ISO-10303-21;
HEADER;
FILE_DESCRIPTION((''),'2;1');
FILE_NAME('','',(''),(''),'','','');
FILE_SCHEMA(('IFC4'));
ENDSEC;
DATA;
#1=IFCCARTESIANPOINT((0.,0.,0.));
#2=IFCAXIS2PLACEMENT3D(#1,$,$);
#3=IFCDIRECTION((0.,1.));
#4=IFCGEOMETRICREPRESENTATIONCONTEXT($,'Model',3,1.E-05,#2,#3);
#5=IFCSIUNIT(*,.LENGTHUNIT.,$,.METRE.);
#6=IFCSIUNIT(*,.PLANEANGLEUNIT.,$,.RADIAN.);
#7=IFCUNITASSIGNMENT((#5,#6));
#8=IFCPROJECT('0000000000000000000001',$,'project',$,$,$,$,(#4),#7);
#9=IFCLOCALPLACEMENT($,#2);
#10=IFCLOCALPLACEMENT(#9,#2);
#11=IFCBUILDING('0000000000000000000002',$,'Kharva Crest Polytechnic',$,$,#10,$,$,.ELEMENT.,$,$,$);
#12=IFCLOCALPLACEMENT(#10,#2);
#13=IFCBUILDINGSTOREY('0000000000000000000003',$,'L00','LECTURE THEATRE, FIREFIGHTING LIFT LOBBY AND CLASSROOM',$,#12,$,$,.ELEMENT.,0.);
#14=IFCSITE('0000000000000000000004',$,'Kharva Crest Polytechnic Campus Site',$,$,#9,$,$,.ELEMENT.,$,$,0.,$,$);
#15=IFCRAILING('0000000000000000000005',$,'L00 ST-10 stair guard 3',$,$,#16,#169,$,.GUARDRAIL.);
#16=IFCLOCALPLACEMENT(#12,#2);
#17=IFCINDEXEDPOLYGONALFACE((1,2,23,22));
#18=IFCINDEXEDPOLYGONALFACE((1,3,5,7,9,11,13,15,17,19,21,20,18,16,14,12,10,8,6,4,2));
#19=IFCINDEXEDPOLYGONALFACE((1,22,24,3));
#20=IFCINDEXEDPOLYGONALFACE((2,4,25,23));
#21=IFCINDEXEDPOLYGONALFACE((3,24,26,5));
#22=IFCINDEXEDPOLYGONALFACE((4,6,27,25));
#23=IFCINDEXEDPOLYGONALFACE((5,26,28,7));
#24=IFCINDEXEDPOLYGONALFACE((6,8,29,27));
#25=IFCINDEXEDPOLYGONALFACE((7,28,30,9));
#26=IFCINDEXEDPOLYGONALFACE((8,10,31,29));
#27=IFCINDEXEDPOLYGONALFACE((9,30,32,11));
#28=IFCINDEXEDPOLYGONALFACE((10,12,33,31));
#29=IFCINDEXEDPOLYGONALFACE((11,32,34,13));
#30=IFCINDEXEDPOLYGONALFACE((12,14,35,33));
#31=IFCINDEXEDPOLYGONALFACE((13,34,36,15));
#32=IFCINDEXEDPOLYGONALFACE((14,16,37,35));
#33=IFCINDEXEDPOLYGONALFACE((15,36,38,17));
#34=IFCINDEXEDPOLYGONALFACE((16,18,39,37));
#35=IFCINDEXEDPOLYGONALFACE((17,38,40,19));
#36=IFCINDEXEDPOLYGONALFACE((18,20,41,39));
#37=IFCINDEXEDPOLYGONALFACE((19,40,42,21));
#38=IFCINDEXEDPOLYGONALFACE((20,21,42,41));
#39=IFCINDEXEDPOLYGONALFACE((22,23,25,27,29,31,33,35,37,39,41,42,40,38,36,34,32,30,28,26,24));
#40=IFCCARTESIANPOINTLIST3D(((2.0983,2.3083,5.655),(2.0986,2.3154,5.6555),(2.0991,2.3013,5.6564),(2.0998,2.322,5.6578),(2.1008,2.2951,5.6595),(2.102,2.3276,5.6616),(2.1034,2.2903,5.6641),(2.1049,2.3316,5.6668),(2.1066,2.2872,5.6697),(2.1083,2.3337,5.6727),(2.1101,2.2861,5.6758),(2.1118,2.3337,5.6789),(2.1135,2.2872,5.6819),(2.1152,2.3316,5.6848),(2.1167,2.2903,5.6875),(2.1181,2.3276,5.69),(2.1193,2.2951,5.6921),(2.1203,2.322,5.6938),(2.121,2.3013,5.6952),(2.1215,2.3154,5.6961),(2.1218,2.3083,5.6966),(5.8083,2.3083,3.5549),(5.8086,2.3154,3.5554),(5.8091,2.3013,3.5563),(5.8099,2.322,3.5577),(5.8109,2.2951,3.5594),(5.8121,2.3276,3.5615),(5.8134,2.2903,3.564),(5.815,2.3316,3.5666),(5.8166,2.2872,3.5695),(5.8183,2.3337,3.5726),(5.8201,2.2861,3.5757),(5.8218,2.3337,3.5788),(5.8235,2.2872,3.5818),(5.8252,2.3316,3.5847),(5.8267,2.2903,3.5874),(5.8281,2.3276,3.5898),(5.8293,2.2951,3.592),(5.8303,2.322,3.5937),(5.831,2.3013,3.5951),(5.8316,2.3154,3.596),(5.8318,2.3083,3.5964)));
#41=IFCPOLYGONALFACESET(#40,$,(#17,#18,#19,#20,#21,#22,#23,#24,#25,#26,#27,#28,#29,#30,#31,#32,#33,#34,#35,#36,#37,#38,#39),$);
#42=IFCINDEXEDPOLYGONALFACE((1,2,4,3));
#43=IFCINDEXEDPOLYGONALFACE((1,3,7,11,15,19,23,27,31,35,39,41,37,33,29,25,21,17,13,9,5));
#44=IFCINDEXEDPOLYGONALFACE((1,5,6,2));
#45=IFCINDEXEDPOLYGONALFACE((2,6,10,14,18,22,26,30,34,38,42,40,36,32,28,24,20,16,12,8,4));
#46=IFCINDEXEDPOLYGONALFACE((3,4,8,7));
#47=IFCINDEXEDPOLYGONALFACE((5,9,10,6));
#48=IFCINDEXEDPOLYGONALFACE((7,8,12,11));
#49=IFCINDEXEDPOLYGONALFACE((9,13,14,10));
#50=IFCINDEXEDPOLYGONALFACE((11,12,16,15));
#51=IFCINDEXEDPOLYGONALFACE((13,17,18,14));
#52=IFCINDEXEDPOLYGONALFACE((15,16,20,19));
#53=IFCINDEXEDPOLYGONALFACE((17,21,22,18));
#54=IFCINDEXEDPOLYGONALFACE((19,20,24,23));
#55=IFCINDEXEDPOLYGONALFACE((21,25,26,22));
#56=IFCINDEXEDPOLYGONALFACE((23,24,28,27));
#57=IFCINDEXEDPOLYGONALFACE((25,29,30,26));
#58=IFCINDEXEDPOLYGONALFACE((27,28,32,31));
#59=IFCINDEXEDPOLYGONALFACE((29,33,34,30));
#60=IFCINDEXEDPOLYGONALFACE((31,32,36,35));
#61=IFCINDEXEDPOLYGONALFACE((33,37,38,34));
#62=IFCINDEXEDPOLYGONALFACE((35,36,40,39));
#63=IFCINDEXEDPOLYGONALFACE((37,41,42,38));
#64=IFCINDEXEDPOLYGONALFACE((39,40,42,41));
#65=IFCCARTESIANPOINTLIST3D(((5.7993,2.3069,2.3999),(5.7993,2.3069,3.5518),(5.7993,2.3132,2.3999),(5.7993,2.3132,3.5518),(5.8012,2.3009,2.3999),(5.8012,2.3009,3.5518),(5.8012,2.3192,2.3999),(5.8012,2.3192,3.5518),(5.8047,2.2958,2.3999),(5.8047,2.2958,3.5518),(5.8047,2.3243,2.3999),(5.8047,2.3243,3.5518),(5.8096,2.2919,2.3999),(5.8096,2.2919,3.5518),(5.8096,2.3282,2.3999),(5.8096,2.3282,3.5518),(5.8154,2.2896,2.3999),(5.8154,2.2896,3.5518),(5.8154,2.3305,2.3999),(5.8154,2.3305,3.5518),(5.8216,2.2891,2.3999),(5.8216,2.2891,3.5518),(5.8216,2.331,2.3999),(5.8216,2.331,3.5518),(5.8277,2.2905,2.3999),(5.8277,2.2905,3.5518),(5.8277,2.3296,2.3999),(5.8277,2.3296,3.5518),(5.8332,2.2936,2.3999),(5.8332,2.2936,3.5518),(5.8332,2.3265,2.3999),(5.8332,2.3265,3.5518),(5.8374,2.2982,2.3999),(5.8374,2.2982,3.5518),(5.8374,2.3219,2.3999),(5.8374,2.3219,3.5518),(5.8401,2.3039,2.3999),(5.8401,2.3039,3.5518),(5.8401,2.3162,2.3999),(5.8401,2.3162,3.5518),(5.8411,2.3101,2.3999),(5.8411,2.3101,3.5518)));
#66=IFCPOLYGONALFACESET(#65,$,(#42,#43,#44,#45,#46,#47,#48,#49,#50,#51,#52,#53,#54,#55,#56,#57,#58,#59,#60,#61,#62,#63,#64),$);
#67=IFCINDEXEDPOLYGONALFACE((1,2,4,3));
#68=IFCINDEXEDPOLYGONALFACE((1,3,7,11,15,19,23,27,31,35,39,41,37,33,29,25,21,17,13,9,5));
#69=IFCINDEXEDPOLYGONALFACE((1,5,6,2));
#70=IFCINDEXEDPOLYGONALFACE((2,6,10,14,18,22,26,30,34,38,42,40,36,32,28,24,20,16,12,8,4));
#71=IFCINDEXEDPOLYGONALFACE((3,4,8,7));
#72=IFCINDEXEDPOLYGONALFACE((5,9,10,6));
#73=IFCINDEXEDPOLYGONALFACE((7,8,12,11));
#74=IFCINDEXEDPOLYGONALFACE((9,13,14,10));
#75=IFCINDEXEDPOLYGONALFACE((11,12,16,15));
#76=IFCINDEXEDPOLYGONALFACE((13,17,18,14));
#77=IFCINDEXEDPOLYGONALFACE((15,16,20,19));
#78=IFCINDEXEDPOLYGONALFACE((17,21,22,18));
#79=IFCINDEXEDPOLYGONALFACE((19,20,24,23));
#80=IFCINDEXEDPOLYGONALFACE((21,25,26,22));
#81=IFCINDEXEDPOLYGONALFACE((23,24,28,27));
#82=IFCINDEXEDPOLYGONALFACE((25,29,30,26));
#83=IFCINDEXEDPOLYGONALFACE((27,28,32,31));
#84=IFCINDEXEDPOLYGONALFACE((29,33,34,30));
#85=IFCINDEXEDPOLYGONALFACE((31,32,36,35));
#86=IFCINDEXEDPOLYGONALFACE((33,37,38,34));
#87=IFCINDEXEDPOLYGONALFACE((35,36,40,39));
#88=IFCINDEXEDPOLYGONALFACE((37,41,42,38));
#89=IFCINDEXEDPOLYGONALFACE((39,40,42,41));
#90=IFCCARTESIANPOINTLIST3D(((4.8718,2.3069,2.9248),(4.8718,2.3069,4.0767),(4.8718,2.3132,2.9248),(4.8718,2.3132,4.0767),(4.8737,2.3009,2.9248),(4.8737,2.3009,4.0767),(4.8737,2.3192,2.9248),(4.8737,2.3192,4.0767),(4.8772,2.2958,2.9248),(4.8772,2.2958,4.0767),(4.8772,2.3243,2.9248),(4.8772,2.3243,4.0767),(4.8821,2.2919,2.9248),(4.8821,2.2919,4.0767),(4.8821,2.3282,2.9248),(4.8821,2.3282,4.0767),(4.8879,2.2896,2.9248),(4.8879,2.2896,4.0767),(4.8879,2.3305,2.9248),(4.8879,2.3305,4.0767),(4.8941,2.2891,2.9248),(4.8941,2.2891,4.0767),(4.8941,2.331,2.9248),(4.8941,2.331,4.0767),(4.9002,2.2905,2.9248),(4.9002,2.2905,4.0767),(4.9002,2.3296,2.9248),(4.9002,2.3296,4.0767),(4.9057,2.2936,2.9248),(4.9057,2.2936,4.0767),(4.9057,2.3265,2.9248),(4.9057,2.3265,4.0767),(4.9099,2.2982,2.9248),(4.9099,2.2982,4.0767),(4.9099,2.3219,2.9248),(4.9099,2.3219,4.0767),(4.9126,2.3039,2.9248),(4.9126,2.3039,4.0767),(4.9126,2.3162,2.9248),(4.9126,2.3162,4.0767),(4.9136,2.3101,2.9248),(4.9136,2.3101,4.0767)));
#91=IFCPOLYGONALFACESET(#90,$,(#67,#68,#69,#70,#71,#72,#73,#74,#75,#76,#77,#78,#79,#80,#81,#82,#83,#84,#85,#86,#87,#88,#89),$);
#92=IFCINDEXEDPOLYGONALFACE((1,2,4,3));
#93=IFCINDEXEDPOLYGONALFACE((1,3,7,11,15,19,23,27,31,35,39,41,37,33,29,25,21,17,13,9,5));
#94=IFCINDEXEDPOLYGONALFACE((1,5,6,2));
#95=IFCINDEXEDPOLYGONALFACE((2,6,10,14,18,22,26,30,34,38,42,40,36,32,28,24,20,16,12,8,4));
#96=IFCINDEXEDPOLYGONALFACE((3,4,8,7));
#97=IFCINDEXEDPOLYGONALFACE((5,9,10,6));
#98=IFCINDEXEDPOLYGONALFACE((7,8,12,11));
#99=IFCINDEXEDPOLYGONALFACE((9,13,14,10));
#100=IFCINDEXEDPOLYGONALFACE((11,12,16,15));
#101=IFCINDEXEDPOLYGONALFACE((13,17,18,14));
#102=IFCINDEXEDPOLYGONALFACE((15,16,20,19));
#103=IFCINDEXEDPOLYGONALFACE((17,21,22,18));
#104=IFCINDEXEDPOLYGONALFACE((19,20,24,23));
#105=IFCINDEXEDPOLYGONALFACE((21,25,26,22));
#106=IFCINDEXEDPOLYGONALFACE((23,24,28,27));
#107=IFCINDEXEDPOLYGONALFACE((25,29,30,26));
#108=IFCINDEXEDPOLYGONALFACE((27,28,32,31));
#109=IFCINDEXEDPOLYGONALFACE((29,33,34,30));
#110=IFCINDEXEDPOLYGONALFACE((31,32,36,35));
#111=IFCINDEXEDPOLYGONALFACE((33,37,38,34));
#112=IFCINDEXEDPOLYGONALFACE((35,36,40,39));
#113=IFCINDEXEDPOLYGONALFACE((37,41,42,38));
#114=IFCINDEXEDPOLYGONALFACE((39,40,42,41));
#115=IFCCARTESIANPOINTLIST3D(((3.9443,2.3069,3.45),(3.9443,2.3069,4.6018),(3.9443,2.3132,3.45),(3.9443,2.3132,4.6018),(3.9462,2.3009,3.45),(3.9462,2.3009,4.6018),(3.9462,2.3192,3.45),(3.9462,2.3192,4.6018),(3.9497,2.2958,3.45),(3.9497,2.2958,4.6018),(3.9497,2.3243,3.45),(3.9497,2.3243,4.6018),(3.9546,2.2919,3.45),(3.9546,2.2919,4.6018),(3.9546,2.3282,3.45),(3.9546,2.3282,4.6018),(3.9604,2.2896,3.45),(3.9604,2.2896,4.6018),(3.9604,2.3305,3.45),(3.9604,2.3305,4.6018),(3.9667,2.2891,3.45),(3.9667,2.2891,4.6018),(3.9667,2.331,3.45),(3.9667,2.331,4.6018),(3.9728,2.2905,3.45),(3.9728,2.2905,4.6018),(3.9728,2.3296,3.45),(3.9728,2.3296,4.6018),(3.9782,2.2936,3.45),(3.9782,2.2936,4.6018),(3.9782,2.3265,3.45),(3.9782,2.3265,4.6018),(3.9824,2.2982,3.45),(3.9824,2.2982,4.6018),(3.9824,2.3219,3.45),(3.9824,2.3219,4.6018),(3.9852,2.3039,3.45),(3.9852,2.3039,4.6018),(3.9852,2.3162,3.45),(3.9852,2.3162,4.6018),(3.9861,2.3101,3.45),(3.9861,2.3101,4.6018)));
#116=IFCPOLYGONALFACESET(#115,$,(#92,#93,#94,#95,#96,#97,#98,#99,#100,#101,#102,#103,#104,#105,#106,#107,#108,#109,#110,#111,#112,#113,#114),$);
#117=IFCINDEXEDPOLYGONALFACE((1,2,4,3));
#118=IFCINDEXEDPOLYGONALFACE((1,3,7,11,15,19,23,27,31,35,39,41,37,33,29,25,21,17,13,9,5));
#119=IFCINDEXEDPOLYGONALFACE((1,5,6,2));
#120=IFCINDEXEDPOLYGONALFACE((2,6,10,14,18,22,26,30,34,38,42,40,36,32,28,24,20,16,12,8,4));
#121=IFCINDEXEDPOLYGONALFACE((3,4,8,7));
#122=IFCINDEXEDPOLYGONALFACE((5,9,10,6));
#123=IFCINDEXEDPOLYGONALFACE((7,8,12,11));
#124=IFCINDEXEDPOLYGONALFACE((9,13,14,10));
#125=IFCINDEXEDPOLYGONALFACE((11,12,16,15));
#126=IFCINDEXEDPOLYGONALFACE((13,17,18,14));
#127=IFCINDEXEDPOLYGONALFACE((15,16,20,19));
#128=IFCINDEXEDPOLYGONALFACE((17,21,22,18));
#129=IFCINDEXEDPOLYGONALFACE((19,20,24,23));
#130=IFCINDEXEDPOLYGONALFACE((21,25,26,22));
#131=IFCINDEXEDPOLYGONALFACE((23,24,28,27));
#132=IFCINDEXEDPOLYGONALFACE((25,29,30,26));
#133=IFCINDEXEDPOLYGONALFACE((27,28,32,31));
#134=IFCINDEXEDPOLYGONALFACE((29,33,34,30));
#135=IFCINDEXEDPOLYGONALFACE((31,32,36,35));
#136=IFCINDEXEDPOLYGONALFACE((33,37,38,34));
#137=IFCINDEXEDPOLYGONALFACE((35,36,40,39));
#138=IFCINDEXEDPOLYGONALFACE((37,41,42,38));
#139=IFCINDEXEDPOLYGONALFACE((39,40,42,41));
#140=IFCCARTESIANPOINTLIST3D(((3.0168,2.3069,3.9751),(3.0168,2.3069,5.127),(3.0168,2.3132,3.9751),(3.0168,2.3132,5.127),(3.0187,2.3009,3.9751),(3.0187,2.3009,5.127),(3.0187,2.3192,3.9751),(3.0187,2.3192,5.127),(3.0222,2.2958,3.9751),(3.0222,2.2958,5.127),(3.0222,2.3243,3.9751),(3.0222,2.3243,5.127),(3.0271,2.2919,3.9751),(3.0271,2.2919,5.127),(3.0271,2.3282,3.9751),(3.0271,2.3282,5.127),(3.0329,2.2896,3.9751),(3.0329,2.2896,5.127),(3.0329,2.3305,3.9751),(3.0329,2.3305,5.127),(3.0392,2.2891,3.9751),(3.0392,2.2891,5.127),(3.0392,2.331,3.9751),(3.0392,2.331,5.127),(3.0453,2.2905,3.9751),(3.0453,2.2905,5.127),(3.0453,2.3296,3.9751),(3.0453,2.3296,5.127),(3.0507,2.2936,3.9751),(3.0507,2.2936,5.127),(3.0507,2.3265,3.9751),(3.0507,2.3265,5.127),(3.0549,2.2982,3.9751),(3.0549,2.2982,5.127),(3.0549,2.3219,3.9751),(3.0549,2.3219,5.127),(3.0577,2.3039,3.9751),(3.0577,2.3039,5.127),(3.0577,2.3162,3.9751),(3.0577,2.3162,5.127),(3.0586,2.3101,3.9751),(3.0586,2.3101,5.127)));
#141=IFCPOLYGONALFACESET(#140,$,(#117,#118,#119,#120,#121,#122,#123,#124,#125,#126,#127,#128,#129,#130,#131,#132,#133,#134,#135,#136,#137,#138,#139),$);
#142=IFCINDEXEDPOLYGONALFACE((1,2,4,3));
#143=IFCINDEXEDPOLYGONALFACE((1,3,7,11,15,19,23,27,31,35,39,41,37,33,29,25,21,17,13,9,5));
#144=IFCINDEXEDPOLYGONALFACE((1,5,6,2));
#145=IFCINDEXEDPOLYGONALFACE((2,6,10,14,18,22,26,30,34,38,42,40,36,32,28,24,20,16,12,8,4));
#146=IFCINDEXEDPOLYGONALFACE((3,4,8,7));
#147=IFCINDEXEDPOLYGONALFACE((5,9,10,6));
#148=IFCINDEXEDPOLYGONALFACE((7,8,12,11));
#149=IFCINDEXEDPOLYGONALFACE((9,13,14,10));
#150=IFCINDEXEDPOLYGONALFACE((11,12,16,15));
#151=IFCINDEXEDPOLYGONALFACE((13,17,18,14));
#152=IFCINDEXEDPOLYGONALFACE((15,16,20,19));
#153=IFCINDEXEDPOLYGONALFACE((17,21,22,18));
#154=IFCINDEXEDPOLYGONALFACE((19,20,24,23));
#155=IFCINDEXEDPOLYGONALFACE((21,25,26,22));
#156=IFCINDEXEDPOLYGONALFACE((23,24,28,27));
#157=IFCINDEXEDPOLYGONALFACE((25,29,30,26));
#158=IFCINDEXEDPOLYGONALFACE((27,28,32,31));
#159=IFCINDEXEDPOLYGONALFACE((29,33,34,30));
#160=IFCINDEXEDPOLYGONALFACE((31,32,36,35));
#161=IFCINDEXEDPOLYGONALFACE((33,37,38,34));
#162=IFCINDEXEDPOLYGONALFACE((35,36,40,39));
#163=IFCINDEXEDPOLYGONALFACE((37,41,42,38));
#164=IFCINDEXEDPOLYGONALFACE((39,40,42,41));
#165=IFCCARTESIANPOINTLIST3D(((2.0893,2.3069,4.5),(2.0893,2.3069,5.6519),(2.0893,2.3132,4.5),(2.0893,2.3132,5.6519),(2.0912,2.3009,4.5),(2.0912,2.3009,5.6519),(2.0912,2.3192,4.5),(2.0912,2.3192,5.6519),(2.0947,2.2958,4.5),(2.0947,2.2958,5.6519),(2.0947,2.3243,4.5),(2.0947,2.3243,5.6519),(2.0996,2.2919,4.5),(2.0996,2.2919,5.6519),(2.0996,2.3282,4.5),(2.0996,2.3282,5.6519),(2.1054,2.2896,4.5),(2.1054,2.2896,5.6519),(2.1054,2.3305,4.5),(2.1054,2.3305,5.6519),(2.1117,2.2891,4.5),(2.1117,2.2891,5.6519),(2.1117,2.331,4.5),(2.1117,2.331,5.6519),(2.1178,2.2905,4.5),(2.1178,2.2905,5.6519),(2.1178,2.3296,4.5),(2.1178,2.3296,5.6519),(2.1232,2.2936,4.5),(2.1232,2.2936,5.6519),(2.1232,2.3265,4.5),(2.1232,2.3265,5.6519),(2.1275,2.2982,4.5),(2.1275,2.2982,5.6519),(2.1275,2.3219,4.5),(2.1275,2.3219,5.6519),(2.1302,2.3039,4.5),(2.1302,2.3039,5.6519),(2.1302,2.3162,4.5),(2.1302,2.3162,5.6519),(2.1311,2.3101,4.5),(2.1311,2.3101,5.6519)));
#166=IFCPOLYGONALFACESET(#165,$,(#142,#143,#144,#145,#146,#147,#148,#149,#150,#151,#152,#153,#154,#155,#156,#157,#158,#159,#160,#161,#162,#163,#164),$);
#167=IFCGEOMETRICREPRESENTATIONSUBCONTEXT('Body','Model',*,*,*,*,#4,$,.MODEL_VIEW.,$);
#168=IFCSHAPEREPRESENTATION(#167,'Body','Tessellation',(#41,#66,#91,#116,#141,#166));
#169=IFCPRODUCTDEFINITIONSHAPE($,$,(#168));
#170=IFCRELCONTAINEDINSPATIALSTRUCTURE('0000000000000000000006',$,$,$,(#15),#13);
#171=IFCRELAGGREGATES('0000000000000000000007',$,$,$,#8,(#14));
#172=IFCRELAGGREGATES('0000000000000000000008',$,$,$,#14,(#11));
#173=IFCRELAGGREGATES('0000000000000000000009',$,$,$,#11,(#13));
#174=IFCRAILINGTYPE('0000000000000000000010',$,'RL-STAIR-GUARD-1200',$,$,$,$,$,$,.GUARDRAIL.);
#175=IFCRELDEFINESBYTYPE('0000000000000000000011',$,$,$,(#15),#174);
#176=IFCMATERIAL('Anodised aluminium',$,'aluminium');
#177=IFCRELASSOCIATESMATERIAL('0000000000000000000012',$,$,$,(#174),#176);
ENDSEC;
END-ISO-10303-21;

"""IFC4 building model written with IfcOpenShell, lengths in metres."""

from ifc_helpers import new_model, si_unit, direction, frame, origin, origin_2d, place, context, subcontext, project, spatial, circle, extrude, material, type_object, element, save


model = new_model("IFC4")

# Units and contexts
model_context = context("Model", 3, precision=1e-05, world=origin(), true_north=direction((0.0, 1.0)))
body_context = subcontext(model_context, "Body", "Model", "MODEL_VIEW")
ifc_project = project(units=[si_unit("LENGTHUNIT", "METRE"), si_unit("PLANEANGLEUNIT", "RADIAN")], contexts=[model_context])

# Site, building, storey
site_placement = place(None, origin())
site = spatial("IfcSite", under=ifc_project, at=site_placement, Name="Kharva Crest Polytechnic Campus Site", CompositionType="ELEMENT", RefElevation=0.0)
building_placement = place(site_placement, origin())
building = spatial("IfcBuilding", under=site, at=building_placement, Name="Kharva Crest Polytechnic", CompositionType="ELEMENT")
storey_placement = place(building_placement, origin())
storey = spatial("IfcBuildingStorey", under=building, at=storey_placement, Name="L00", Description="LECTURE THEATRE, FIREFIGHTING LIFT LOBBY AND CLASSROOM", CompositionType="ELEMENT", Elevation=0.0)

# Shared definitions
ifc_material_1 = material(Name="Anodised aluminium", Category="aluminium")

# Railing
railing_type_1 = type_object("IfcRailingType", Name="RL-STAIR-GUARD-1200", PredefinedType="GUARDRAIL", material=ifc_material_1)
railing_1_placement = place(storey_placement, frame((5.8201, 2.3101, 2.3999)))
element("IfcRailing", 1, at=railing_1_placement, inside=storey, type_object=railing_type_1, Name="L00 ST-10 stair guard 3", PredefinedType="GUARDRAIL", context=body_context, shape_type="SweptSolid", body=[
    extrude(circle(Radius=0.0239, at=origin_2d()), frame((0.0, 0.0, 1.1758), z_axis=(-0.870245, 0.0, 0.492619), x_axis=(0.0, -1.0, 0.0)), (0.0, 0.0, 1.0), 4.2632),
    extrude(circle(Radius=0.021, at=origin_2d()), origin(), (0.0, 0.0, 1.0), 1.1519),
    extrude(circle(Radius=0.021, at=origin_2d()), frame((-0.9275, 0.0, 0.5249)), (0.0, 0.0, 1.0), 1.1519),
    extrude(circle(Radius=0.021, at=origin_2d()), frame((-1.855, 0.0, 1.05)), (0.0, 0.0, 1.0), 1.1519),
    extrude(circle(Radius=0.021, at=origin_2d()), frame((-2.7825, 0.0, 1.5752)), (0.0, 0.0, 1.0), 1.1519),
    extrude(circle(Radius=0.021, at=origin_2d()), frame((-3.71, 0.0, 2.1001)), (0.0, 0.0, 1.0), 1.1519),
])

save(model, "model.ifc")
